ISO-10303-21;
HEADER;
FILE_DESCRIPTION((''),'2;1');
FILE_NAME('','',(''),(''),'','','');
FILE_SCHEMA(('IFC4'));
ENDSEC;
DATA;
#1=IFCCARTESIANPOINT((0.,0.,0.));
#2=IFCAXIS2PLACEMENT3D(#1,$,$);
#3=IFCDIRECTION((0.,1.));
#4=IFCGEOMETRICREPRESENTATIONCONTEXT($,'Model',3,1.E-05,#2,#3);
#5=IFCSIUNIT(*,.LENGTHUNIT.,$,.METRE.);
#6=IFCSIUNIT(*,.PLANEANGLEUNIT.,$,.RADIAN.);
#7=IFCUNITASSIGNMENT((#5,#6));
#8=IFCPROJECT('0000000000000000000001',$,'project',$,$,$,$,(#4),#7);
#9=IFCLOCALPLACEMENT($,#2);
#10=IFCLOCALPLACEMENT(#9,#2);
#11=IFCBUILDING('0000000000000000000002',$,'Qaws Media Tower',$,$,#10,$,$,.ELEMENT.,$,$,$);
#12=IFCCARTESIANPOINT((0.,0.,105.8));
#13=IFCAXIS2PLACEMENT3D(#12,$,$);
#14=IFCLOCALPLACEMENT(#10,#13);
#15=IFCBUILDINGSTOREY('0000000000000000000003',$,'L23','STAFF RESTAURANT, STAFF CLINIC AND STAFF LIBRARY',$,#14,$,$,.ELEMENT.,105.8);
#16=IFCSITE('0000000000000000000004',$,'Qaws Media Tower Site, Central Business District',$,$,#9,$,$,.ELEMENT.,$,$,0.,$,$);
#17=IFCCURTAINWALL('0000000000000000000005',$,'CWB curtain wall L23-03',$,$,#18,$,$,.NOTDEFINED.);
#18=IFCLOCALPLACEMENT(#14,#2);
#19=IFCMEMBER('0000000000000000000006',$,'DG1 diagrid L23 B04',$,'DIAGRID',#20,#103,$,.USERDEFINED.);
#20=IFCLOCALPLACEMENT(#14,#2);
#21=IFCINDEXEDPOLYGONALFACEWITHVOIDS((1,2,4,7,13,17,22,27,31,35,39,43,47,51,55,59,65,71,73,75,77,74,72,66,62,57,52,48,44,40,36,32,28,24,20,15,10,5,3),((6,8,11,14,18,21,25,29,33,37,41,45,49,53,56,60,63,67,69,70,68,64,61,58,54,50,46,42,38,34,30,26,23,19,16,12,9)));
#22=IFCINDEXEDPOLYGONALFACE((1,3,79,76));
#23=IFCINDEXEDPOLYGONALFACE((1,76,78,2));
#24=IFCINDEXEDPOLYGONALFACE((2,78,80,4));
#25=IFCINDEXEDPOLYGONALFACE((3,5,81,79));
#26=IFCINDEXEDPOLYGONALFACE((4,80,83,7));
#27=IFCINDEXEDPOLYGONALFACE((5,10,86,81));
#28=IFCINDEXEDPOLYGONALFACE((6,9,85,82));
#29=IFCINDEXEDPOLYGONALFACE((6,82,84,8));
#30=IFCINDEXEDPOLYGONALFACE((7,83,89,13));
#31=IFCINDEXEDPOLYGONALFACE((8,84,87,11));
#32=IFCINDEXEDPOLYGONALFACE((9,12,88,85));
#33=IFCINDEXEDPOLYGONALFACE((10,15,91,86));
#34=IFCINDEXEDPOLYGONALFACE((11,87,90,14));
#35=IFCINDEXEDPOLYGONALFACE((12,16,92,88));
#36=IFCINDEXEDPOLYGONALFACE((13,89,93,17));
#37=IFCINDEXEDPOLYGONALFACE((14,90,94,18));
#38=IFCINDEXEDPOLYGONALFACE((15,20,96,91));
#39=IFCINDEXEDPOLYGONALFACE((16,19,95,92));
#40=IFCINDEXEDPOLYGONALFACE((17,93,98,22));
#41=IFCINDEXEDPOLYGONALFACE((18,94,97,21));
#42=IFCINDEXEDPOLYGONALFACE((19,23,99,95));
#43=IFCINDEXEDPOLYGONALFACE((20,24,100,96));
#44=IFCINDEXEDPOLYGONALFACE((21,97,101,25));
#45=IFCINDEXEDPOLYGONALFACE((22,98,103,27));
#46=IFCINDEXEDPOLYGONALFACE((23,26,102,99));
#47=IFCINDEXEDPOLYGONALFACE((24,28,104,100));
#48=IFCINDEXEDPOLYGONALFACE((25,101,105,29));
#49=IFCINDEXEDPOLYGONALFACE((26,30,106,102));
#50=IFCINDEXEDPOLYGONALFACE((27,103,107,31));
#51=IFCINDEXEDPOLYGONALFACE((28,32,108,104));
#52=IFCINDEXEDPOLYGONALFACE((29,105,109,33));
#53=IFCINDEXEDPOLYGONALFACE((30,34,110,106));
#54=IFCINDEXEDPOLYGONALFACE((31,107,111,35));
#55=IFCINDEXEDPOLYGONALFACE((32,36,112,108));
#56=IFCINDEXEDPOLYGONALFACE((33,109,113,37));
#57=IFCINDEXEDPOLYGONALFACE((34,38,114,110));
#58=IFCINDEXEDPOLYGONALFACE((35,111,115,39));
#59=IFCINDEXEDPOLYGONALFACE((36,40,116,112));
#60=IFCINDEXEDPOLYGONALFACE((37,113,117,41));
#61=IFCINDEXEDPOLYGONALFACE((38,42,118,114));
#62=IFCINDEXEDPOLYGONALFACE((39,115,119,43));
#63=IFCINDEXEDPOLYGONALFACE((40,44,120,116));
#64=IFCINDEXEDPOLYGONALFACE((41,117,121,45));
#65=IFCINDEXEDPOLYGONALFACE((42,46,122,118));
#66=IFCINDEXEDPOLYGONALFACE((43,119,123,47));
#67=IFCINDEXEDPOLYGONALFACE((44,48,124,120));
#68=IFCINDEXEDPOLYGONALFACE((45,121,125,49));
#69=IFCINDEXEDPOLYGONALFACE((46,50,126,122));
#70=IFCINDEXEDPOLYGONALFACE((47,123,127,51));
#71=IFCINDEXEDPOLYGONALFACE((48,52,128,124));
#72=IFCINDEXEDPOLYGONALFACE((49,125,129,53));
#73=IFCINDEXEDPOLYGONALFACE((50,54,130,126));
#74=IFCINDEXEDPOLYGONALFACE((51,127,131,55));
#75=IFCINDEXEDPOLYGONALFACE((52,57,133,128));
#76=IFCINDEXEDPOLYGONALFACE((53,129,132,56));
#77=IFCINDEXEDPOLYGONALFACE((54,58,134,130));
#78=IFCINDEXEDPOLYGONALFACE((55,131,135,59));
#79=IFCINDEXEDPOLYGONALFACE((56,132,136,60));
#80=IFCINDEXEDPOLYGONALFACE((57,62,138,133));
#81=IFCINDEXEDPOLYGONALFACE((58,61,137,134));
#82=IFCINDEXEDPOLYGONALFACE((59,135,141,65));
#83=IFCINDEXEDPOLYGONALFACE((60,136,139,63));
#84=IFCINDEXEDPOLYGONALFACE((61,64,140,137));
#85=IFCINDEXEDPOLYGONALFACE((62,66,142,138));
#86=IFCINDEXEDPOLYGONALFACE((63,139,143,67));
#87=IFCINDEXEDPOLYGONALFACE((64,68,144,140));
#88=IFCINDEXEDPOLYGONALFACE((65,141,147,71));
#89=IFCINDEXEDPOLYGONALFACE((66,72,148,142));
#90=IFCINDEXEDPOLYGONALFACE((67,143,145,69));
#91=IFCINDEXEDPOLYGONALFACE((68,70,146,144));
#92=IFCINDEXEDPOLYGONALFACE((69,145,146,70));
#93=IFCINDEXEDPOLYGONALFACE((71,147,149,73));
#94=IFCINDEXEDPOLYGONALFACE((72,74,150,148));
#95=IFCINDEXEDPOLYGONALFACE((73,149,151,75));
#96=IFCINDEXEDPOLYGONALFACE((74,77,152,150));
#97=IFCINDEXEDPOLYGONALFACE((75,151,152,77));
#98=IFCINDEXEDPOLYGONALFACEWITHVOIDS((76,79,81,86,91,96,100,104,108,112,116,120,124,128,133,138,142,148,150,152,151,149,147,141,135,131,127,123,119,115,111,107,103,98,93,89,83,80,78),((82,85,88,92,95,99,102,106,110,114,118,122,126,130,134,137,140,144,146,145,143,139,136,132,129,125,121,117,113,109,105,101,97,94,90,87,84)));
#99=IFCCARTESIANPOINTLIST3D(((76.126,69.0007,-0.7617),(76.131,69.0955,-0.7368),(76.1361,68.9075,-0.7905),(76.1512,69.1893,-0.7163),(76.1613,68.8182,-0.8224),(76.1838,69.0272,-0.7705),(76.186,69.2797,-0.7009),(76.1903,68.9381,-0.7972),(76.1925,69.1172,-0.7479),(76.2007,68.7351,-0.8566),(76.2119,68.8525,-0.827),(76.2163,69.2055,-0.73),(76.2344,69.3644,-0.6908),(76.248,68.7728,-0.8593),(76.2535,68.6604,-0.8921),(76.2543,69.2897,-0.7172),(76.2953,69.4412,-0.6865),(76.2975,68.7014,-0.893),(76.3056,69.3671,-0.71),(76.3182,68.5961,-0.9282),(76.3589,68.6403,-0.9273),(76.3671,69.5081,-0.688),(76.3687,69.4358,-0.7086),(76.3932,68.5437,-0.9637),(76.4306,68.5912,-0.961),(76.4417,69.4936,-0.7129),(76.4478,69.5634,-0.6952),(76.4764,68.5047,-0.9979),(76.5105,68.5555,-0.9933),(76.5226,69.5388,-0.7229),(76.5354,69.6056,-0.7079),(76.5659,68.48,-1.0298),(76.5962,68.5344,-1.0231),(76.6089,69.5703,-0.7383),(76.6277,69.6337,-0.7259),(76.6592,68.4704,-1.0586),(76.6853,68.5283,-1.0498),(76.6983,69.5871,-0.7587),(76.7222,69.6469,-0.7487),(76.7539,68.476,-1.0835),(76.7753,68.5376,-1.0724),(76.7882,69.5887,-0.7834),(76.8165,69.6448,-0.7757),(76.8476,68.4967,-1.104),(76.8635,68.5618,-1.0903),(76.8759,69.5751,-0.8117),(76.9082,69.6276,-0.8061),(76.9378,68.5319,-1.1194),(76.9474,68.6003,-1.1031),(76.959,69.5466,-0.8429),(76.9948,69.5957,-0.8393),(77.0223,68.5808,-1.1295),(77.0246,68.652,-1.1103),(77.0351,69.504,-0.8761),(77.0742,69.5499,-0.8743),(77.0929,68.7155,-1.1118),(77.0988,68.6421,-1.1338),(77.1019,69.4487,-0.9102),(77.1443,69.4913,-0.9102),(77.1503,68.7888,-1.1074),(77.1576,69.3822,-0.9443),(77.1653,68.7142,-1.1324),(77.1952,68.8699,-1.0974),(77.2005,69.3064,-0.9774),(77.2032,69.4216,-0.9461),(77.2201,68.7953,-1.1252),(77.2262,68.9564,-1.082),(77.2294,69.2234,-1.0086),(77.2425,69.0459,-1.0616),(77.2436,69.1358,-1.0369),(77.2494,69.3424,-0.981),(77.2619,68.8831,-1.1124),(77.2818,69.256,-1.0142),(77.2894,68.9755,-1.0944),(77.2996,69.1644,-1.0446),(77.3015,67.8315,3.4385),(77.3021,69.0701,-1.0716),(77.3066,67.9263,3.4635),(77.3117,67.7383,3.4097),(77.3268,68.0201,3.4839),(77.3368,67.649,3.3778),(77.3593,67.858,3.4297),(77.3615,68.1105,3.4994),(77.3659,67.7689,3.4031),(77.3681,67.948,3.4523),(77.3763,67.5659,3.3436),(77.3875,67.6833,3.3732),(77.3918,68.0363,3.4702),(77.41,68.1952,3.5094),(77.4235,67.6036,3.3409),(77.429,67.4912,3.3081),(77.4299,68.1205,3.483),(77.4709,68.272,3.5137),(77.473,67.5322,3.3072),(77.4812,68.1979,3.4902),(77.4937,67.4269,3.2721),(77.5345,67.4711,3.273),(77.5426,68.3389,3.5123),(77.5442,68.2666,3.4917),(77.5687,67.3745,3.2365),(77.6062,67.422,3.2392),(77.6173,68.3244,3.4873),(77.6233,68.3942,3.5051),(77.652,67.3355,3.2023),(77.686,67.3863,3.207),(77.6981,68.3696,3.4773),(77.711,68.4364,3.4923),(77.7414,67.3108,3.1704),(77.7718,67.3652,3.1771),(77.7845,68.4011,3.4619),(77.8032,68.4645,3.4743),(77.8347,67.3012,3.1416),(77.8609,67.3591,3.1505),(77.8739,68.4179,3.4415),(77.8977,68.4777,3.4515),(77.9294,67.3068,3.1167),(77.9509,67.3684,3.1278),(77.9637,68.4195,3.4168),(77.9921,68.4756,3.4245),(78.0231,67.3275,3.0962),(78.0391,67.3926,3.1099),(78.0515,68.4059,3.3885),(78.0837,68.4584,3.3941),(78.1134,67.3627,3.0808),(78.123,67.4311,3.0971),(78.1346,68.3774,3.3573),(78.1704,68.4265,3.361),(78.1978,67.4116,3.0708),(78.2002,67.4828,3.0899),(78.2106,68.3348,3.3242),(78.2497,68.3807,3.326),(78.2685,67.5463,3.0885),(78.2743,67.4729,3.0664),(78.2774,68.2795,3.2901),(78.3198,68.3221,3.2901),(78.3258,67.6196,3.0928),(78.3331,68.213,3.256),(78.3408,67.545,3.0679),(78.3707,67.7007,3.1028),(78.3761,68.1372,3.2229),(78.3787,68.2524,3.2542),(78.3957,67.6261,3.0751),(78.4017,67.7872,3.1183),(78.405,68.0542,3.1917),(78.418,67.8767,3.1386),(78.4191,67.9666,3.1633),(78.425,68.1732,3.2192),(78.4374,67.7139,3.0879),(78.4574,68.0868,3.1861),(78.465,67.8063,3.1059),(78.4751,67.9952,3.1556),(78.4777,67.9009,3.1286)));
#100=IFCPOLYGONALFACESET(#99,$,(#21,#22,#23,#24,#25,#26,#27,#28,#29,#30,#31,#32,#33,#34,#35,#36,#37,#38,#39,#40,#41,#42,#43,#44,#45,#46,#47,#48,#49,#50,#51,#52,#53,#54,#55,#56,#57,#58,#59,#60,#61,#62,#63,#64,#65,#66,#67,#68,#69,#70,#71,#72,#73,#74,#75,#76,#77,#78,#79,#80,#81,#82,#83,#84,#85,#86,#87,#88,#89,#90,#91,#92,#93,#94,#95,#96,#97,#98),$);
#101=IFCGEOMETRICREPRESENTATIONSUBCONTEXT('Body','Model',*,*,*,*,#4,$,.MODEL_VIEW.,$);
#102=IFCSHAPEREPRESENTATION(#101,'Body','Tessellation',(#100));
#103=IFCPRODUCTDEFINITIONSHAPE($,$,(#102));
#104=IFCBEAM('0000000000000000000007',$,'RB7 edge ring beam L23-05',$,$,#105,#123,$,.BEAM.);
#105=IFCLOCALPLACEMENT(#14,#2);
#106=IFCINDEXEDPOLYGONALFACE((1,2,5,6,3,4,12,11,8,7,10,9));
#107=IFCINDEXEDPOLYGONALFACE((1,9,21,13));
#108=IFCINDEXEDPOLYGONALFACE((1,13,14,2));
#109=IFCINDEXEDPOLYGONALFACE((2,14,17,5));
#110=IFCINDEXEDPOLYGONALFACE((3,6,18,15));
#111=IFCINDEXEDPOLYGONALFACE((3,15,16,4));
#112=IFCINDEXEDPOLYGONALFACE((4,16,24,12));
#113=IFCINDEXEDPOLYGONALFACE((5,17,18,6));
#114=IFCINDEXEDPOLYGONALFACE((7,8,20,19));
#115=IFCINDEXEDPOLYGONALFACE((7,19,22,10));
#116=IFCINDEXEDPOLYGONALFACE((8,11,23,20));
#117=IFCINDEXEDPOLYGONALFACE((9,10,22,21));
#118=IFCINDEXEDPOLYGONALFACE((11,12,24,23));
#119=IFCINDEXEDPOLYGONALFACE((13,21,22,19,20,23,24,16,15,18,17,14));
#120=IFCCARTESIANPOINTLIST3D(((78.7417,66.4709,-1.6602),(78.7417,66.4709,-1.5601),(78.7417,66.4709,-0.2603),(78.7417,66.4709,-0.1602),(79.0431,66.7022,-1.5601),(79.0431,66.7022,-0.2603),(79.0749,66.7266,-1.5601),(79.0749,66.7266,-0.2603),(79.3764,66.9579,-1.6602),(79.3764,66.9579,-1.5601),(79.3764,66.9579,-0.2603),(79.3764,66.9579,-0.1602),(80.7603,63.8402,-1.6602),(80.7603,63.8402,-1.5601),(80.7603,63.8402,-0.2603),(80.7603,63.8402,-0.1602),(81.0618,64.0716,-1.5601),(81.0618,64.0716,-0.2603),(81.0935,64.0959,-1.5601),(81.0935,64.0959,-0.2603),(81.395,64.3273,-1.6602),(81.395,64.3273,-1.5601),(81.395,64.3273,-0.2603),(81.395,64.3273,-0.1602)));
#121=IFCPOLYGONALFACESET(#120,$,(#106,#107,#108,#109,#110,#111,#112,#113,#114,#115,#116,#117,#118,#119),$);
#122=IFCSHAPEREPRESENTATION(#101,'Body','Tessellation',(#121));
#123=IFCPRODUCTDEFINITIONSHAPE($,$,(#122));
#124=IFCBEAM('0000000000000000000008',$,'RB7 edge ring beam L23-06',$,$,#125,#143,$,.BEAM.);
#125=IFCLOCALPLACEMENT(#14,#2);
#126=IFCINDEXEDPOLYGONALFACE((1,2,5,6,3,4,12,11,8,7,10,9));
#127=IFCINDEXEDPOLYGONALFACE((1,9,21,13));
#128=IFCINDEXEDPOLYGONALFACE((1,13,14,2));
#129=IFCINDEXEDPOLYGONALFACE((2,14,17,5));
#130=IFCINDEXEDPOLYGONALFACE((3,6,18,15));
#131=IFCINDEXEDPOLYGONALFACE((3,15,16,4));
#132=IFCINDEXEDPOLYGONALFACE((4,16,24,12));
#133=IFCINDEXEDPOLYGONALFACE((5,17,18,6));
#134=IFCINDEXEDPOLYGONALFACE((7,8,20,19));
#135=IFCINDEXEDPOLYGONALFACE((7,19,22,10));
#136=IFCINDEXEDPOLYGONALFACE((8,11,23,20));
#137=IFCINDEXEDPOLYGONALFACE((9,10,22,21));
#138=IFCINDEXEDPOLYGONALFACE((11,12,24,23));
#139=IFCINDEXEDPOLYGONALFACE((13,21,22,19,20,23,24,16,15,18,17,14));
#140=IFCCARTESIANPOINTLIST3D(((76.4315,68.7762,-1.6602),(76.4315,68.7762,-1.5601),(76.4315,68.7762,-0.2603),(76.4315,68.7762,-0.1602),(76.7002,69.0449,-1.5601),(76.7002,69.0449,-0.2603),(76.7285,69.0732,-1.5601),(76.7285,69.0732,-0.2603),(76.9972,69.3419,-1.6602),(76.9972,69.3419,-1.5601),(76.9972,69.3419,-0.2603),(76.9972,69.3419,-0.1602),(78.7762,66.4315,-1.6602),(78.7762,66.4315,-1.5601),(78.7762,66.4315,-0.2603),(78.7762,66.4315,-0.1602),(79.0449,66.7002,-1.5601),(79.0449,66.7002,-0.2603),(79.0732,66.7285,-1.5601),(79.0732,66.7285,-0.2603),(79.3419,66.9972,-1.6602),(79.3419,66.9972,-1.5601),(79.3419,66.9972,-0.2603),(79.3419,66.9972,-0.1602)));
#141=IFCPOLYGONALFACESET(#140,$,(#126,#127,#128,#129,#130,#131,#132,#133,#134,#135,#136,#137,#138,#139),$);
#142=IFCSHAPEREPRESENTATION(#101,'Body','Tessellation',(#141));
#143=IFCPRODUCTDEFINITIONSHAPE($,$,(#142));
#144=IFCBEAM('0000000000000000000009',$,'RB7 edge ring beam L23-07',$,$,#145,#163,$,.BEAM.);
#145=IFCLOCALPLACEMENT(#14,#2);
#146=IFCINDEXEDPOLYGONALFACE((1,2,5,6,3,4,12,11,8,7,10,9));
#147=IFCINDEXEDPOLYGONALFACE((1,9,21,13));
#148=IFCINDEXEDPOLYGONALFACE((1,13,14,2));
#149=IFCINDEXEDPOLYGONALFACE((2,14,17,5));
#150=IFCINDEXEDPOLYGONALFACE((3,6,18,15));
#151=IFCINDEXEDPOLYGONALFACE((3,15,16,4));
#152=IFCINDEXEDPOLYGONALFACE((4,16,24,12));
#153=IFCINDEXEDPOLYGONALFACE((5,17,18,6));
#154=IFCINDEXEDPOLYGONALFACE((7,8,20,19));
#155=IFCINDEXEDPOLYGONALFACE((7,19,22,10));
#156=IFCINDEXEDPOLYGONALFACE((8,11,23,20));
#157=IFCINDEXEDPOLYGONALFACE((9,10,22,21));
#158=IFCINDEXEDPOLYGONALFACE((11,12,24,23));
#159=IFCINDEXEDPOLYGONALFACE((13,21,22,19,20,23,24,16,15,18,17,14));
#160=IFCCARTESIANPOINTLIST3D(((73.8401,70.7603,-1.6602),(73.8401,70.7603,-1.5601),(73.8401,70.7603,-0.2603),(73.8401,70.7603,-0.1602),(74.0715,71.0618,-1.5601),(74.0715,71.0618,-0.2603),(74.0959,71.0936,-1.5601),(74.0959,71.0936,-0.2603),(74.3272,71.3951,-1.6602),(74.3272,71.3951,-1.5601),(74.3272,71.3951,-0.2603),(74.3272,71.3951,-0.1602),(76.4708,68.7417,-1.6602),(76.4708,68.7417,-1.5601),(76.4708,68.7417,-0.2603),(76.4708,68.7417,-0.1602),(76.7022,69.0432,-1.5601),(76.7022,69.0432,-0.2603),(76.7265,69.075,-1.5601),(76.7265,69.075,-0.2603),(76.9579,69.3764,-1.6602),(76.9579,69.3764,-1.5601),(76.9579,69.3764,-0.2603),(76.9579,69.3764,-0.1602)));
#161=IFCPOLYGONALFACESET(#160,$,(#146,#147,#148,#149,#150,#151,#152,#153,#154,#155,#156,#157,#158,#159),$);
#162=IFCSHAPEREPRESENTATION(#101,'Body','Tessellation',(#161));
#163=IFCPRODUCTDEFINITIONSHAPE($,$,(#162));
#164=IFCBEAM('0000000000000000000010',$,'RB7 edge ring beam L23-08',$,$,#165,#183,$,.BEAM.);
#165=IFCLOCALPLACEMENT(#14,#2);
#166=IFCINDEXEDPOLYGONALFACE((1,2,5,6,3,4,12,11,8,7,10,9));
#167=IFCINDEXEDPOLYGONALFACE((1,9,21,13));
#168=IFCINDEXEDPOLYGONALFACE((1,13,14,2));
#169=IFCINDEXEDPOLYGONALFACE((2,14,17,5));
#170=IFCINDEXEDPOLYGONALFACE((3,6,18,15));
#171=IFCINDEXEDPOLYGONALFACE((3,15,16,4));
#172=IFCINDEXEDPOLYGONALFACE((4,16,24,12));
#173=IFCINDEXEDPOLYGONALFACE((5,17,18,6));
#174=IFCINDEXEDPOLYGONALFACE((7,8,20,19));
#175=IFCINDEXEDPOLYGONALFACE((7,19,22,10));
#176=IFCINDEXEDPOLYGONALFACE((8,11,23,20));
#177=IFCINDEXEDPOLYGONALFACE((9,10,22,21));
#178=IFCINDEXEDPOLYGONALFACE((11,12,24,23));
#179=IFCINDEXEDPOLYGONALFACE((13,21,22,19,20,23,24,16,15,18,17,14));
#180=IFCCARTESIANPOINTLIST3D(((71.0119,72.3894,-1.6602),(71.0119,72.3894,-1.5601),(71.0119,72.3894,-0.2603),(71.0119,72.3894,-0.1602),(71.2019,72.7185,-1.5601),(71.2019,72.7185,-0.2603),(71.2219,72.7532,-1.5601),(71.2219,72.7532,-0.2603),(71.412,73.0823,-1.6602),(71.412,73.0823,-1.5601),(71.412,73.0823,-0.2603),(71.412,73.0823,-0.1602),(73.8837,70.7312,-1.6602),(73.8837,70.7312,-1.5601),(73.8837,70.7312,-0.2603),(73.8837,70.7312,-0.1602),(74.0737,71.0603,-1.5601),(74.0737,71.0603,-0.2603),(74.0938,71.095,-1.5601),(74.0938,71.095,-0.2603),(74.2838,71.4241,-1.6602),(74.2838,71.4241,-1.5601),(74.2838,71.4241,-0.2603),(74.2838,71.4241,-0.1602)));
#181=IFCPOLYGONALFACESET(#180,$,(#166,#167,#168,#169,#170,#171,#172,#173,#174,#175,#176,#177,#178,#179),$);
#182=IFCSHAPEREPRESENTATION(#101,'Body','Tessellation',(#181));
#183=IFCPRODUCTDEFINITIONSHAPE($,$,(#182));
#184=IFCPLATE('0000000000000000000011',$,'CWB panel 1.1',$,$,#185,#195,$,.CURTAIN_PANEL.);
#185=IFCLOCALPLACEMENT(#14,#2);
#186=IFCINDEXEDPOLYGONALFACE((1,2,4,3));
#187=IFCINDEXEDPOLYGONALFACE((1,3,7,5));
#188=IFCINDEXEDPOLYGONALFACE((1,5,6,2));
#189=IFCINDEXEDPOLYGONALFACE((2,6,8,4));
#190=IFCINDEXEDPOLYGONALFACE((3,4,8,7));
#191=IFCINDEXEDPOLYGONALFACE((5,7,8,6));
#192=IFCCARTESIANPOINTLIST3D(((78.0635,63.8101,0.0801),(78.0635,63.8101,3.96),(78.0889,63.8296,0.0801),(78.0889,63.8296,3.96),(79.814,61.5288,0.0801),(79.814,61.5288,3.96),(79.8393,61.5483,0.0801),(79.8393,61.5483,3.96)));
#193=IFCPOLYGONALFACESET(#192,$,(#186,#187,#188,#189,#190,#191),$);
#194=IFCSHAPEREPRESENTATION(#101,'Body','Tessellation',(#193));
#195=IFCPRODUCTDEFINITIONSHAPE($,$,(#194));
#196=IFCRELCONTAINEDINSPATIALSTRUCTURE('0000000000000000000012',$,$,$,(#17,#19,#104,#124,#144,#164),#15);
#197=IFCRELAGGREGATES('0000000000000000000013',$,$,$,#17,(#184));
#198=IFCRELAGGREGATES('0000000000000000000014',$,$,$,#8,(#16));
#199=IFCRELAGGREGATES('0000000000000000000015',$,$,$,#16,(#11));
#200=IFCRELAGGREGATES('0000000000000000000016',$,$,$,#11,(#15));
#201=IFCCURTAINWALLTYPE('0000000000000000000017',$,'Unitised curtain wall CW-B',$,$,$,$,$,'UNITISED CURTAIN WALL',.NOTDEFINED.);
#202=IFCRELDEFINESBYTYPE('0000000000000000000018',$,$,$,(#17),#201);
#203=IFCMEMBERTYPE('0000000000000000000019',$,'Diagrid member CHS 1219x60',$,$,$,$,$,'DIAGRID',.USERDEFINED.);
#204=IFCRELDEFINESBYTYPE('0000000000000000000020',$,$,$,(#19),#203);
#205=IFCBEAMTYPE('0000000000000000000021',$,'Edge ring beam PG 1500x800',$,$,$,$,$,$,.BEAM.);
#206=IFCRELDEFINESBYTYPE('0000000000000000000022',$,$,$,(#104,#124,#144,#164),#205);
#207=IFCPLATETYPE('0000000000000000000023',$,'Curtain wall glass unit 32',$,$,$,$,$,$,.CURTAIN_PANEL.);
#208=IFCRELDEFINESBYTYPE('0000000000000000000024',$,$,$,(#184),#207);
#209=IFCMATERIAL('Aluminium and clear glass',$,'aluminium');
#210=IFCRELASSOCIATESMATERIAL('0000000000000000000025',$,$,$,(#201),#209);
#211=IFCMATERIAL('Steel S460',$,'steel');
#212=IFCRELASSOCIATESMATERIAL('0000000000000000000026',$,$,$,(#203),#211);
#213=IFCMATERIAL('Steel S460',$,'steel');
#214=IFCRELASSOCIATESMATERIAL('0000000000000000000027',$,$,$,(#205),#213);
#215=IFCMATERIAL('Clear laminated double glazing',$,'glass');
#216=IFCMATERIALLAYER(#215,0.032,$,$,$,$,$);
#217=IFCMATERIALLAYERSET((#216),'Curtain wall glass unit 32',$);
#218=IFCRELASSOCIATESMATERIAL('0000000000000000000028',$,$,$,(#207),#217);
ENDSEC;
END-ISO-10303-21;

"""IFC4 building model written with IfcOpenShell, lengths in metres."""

from ifc_helpers import new_model, si_unit, direction, frame, origin, origin_2d, place, context, subcontext, project, spatial, rectangle, hollow_circle, i_section, extrude, material, layer, layer_set, material_profile, profile_set, type_object, element, aggregate, save


model = new_model("IFC4")

# Units and contexts
model_context = context("Model", 3, precision=1e-05, world=origin(), true_north=direction((0.0, 1.0)))
body_context = subcontext(model_context, "Body", "Model", "MODEL_VIEW")
ifc_project = project(units=[si_unit("LENGTHUNIT", "METRE"), si_unit("PLANEANGLEUNIT", "RADIAN")], contexts=[model_context])

# Site, building, storey
site_placement = place(None, origin())
site = spatial("IfcSite", under=ifc_project, at=site_placement, Name="Qaws Media Tower Site, Central Business District", CompositionType="ELEMENT", RefElevation=0.0)
building_placement = place(site_placement, origin())
building = spatial("IfcBuilding", under=site, at=building_placement, Name="Qaws Media Tower", CompositionType="ELEMENT")
storey_placement = place(building_placement, frame((0.0, 0.0, 105.8)))
storey = spatial("IfcBuildingStorey", under=building, at=storey_placement, Name="L23", Description="STAFF RESTAURANT, STAFF CLINIC AND STAFF LIBRARY", CompositionType="ELEMENT", Elevation=105.8)

# Shared definitions
ifc_material_1 = material(Name="Aluminium and clear glass", Category="aluminium")
curtain_wall_type = type_object("IfcCurtainWallType", Name="Unitised curtain wall CW-B", ElementType="UNITISED CURTAIN WALL", PredefinedType="NOTDEFINED", material=ifc_material_1)

# Curtain wall
curtain_wall_1_placement = place(storey_placement, origin())
curtain_wall_1 = element("IfcCurtainWall", 1, at=curtain_wall_1_placement, inside=storey, type_object=curtain_wall_type, Name="CWB curtain wall L23-03", PredefinedType="NOTDEFINED")

# Member
ifc_material_2 = material(Name="Steel S460", Category="steel")
ifc_material_profile_1 = material_profile(ifc_material_2, hollow_circle(Radius=0.6096, WallThickness=0.0601, at=origin_2d()), Name="CHS 1219x60")
ifc_profile_set_1 = profile_set([ifc_material_profile_1], Name="Steel S460")
member_type_1 = type_object("IfcMemberType", Name="Diagrid member CHS 1219x60", ElementType="DIAGRID", PredefinedType="USERDEFINED", material=ifc_profile_set_1)
for number, where, z_axis, x_axis, name in (
    (2, (76.7144, 69.0591, -0.9102), (0.260329, -0.258923, 0.930155), (0.70519, 0.709018, 0.0), "DG1 diagrid L23 B04"),
):
    element("IfcMember", number, at=place(storey_placement, frame(where, z_axis=z_axis, x_axis=x_axis)), inside=storey, type_object=member_type_1, Name=name, ObjectType="DIAGRID", PredefinedType="USERDEFINED", context=body_context, shape_type="SweptSolid", body=[
        extrude(hollow_circle(Radius=0.6096, WallThickness=0.0601, at=origin_2d()), origin(), (0.0, 0.0, 1.0), 4.5156),
    ])

# Beams
ifc_material_3 = material(Name="Steel S460", Category="steel")
ifc_material_profile_2 = material_profile(ifc_material_3, i_section(OverallWidth=0.8, OverallDepth=1.5, WebThickness=0.04, FlangeThickness=0.1001, at=origin_2d()), Name="PG 1500x800")
ifc_profile_set_2 = profile_set([ifc_material_profile_2], Name="Steel S460")
beam_type = type_object("IfcBeamType", Name="Edge ring beam PG 1500x800", PredefinedType="BEAM", material=ifc_profile_set_2)
for number, where, z_axis, x_axis, name in (
    (3, (81.0776, 64.0837, -0.9102), (-0.608764, 0.793352, 0.0), (-0.793352, -0.608764, 0.0), "RB7 edge ring beam L23-05"),
    (4, (79.0591, 66.7144, -0.9102), (-0.707107, 0.707107, 0.0), (-0.707107, -0.707107, 0.0), "RB7 edge ring beam L23-06"),
    (5, (76.7144, 69.0591, -0.9102), (-0.793352, 0.608764, 0.0), (-0.608764, -0.793352, 0.0), "RB7 edge ring beam L23-07"),
):
    element("IfcBeam", number, at=place(storey_placement, frame(where, z_axis=z_axis, x_axis=x_axis)), inside=storey, type_object=beam_type, Name=name, PredefinedType="BEAM", context=body_context, shape_type="SweptSolid", body=[
        extrude(i_section(OverallWidth=0.8, OverallDepth=1.5, WebThickness=0.04, FlangeThickness=0.1001, at=origin_2d()), origin(), (0.0, 0.0, 1.0), 3.3159),
    ])
beam_placement = place(storey_placement, frame((74.0837, 71.0776, -0.9102), z_axis=(-0.866005, 0.500035, 0.0), x_axis=(-0.500035, -0.866005, 0.0)))
element("IfcBeam", 6, at=beam_placement, inside=storey, type_object=beam_type, Name="RB7 edge ring beam L23-08", PredefinedType="BEAM", context=body_context, shape_type="SweptSolid", body=[
    extrude(i_section(OverallWidth=0.8, OverallDepth=1.5, WebThickness=0.04, FlangeThickness=0.1001, at=origin_2d()), origin(), (0.0, 0.0, 1.0), 3.3162),
])

# Plate
ifc_material_4 = material(Name="Clear laminated double glazing", Category="glass")
ifc_layer_1 = layer(ifc_material_4, 0.032)
ifc_layer_set_1 = layer_set([ifc_layer_1], Name="Curtain wall glass unit 32")
plate_type_1 = type_object("IfcPlateType", Name="Curtain wall glass unit 32", PredefinedType="CURTAIN_PANEL", material=ifc_layer_set_1)
plate_1_placement = place(storey_placement, frame((78.9514, 62.6792, 0.0801), z_axis=(0.0, 0.0, 1.0), x_axis=(-0.608761, 0.793353, 0.0)))
plate_1 = element("IfcPlate", 7, at=plate_1_placement, type_object=plate_type_1, Name="CWB panel 1.1", PredefinedType="CURTAIN_PANEL", context=body_context, shape_type="SweptSolid", body=[
    extrude(rectangle(XDim=2.8755, YDim=0.032, at=origin_2d()), origin(), (0.0, 0.0, 1.0), 3.8799),
])
aggregate(curtain_wall_1, [plate_1])

save(model, "model.ifc")
